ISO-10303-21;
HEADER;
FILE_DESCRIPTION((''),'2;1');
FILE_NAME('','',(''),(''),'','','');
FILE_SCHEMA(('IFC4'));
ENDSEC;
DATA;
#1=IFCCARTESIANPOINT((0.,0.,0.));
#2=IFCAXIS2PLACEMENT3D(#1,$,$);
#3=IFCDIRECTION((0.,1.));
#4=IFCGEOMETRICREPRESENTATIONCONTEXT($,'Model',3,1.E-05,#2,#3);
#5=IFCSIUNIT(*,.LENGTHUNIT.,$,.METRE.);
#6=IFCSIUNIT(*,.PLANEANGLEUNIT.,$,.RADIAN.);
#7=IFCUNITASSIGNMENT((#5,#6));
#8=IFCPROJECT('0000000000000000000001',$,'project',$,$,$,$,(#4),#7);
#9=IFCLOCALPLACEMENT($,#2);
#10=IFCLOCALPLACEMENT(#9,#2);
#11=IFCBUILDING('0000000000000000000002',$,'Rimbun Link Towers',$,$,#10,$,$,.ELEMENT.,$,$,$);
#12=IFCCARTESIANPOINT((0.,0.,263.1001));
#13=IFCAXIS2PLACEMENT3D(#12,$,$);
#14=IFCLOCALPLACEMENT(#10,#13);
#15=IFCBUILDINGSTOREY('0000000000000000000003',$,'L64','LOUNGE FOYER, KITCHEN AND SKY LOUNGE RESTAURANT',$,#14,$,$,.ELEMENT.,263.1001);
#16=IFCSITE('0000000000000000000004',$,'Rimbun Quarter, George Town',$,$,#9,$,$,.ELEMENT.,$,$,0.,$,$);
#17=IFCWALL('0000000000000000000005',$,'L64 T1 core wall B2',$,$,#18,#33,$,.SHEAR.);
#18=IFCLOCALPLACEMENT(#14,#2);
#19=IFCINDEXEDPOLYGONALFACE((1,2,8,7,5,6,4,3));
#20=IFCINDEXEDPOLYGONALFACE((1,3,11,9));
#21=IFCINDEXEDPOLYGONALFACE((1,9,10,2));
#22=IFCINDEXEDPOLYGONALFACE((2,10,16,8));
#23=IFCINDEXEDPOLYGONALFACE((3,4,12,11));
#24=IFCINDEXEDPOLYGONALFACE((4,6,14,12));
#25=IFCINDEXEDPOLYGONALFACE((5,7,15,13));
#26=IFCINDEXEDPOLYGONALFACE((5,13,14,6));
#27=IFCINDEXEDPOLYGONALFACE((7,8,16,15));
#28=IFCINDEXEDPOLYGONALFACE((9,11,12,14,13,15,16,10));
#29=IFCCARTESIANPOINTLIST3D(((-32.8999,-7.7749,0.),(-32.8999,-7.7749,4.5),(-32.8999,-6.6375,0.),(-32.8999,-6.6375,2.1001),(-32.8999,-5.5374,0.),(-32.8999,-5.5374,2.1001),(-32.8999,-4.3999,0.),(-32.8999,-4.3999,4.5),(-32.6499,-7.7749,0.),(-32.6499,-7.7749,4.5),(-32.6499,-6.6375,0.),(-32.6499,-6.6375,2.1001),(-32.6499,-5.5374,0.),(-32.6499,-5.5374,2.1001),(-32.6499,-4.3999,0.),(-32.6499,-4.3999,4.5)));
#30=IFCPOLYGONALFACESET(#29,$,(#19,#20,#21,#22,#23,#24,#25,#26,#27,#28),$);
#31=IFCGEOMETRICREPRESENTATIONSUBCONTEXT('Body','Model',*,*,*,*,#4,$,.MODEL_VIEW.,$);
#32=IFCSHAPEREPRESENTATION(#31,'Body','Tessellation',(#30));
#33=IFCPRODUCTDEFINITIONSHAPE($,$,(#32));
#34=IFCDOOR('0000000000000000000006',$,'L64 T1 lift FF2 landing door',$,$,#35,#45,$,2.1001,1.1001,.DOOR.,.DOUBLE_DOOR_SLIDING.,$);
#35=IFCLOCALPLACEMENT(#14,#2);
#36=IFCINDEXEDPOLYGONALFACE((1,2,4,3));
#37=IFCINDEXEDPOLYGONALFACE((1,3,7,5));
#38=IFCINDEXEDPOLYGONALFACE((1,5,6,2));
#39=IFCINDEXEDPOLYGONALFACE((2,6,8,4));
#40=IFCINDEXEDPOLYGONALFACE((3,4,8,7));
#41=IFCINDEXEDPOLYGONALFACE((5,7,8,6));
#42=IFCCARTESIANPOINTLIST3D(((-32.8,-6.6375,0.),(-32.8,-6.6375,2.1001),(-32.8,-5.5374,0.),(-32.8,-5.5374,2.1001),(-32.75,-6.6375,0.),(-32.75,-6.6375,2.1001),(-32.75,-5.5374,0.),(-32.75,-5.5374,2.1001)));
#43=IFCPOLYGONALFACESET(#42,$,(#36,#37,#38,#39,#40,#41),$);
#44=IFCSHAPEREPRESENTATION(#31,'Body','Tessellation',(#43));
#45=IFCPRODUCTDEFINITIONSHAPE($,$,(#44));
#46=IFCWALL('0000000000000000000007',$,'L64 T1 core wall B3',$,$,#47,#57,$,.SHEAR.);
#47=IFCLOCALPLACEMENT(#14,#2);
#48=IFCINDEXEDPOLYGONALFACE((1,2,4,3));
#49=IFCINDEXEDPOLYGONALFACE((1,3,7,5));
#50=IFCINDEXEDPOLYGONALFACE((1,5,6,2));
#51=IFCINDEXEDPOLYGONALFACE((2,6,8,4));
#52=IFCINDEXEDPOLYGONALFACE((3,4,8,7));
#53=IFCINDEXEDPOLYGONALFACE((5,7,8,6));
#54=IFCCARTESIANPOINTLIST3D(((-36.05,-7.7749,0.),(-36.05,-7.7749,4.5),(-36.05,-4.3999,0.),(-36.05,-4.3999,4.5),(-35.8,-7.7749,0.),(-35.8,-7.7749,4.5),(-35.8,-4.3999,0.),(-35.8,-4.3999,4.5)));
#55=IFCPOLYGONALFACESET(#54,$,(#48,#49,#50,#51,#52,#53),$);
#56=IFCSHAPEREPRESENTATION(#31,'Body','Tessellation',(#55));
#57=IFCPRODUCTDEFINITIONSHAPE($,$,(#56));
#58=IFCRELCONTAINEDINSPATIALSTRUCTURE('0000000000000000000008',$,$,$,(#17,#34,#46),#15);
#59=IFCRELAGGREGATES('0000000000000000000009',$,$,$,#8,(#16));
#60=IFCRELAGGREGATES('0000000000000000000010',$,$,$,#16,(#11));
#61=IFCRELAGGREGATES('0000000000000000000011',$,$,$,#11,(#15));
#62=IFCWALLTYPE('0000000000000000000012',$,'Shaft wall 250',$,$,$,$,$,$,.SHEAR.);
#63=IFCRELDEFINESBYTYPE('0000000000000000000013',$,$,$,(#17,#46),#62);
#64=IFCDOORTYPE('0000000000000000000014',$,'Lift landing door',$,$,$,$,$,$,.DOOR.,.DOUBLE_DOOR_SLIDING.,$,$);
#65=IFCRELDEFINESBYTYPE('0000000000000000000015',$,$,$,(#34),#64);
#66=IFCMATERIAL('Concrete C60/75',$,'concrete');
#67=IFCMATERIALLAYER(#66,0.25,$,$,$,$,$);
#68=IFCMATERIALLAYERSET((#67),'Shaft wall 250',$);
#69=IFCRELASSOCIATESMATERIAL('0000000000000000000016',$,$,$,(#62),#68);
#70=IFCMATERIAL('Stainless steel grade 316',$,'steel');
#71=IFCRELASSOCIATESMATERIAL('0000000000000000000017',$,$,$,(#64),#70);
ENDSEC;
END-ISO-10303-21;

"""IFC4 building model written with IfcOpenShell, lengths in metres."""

from ifc_helpers import new_model, si_unit, direction, frame, frame_2d, origin, place, context, subcontext, project, spatial, rectangle, extrude, material, layer, layer_set, type_object, element, fill, save


model = new_model("IFC4")

# Units and contexts
model_context = context("Model", 3, precision=1e-05, world=origin(), true_north=direction((0.0, 1.0)))
body_context = subcontext(model_context, "Body", "Model", "MODEL_VIEW")
ifc_project = project(units=[si_unit("LENGTHUNIT", "METRE"), si_unit("PLANEANGLEUNIT", "RADIAN")], contexts=[model_context])

# Site, building, storey
site_placement = place(None, origin())
site = spatial("IfcSite", under=ifc_project, at=site_placement, Name="Rimbun Quarter, George Town", CompositionType="ELEMENT", RefElevation=0.0)
building_placement = place(site_placement, origin())
building = spatial("IfcBuilding", under=site, at=building_placement, Name="Rimbun Link Towers", CompositionType="ELEMENT")
storey_placement = place(building_placement, frame((0.0, 0.0, 263.1001)))
storey = spatial("IfcBuildingStorey", under=building, at=storey_placement, Name="L64", Description="LOUNGE FOYER, KITCHEN AND SKY LOUNGE RESTAURANT", CompositionType="ELEMENT", Elevation=263.1001)

# Shared definitions
ifc_material_1 = material(Name="Concrete C60/75", Category="concrete")
ifc_layer_1 = layer(ifc_material_1, 0.25)
ifc_layer_set_1 = layer_set([ifc_layer_1], Name="Shaft wall 250")
wall_type_1 = type_object("IfcWallType", Name="Shaft wall 250", PredefinedType="SHEAR", material=ifc_layer_set_1)

# Shared definitions
ifc_material_2 = material(Name="Stainless steel grade 316", Category="steel")
door_type_1 = type_object("IfcDoorType", Name="Lift landing door", OperationType="DOUBLE_DOOR_SLIDING", PredefinedType="DOOR", material=ifc_material_2)

# Wall, opening, door
wall_1_placement = place(storey_placement, frame((-32.7749, -4.3999, 0.0), z_axis=(0.0, 0.0, 1.0), x_axis=(0.0, -1.0, 0.0)))
wall_1 = element("IfcWall", 1, at=wall_1_placement, inside=storey, type_object=wall_type_1, Name="L64 T1 core wall B2", PredefinedType="SHEAR", context=body_context, shape_type="SweptSolid", body=[
    extrude(rectangle(XDim=3.375, YDim=0.25, at=frame_2d((1.6875, 0.0))), origin(), (0.0, 0.0, 1.0), 4.5),
])
opening_1_placement = place(wall_1_placement, frame((1.1375, 0.0, 0.0)))
opening_1 = element("IfcOpeningElement", 2, at=opening_1_placement, cuts=wall_1, PredefinedType="OPENING", context=body_context, shape_type="SweptSolid", body=[
    extrude(rectangle(XDim=1.1001, YDim=2.1001, at=frame_2d((0.55, 1.05))), frame((0.0, 0.135, 0.0), z_axis=(0.0, -1.0, 0.0), x_axis=(1.0, 0.0, 0.0)), (0.0, 0.0, 1.0), 0.27),
])
door_1_placement = place(opening_1_placement, origin())
door_1 = element("IfcDoor", 3, at=door_1_placement, inside=storey, type_object=door_type_1, Name="L64 T1 lift FF2 landing door", OperationType="DOUBLE_DOOR_SLIDING", OverallHeight=2.1001, OverallWidth=1.1001, PredefinedType="DOOR", context=body_context, shape_type="SweptSolid", body=[
    extrude(rectangle(XDim=1.1001, YDim=2.1001, at=frame_2d((0.55, 1.05))), frame((0.0, 0.0249, 0.0), z_axis=(0.0, -1.0, 0.0), x_axis=(1.0, 0.0, 0.0)), (0.0, 0.0, 1.0), 0.05),
])
fill(opening_1, door_1)

# Wall
wall_2_placement = place(storey_placement, frame((-35.925, -4.3999, 0.0), z_axis=(0.0, 0.0, 1.0), x_axis=(0.0, -1.0, 0.0)))
element("IfcWall", 4, at=wall_2_placement, inside=storey, type_object=wall_type_1, Name="L64 T1 core wall B3", PredefinedType="SHEAR", context=body_context, shape_type="SweptSolid", body=[
    extrude(rectangle(XDim=3.375, YDim=0.25, at=frame_2d((1.6875, 0.0))), origin(), (0.0, 0.0, 1.0), 4.5),
])

save(model, "model.ifc")
